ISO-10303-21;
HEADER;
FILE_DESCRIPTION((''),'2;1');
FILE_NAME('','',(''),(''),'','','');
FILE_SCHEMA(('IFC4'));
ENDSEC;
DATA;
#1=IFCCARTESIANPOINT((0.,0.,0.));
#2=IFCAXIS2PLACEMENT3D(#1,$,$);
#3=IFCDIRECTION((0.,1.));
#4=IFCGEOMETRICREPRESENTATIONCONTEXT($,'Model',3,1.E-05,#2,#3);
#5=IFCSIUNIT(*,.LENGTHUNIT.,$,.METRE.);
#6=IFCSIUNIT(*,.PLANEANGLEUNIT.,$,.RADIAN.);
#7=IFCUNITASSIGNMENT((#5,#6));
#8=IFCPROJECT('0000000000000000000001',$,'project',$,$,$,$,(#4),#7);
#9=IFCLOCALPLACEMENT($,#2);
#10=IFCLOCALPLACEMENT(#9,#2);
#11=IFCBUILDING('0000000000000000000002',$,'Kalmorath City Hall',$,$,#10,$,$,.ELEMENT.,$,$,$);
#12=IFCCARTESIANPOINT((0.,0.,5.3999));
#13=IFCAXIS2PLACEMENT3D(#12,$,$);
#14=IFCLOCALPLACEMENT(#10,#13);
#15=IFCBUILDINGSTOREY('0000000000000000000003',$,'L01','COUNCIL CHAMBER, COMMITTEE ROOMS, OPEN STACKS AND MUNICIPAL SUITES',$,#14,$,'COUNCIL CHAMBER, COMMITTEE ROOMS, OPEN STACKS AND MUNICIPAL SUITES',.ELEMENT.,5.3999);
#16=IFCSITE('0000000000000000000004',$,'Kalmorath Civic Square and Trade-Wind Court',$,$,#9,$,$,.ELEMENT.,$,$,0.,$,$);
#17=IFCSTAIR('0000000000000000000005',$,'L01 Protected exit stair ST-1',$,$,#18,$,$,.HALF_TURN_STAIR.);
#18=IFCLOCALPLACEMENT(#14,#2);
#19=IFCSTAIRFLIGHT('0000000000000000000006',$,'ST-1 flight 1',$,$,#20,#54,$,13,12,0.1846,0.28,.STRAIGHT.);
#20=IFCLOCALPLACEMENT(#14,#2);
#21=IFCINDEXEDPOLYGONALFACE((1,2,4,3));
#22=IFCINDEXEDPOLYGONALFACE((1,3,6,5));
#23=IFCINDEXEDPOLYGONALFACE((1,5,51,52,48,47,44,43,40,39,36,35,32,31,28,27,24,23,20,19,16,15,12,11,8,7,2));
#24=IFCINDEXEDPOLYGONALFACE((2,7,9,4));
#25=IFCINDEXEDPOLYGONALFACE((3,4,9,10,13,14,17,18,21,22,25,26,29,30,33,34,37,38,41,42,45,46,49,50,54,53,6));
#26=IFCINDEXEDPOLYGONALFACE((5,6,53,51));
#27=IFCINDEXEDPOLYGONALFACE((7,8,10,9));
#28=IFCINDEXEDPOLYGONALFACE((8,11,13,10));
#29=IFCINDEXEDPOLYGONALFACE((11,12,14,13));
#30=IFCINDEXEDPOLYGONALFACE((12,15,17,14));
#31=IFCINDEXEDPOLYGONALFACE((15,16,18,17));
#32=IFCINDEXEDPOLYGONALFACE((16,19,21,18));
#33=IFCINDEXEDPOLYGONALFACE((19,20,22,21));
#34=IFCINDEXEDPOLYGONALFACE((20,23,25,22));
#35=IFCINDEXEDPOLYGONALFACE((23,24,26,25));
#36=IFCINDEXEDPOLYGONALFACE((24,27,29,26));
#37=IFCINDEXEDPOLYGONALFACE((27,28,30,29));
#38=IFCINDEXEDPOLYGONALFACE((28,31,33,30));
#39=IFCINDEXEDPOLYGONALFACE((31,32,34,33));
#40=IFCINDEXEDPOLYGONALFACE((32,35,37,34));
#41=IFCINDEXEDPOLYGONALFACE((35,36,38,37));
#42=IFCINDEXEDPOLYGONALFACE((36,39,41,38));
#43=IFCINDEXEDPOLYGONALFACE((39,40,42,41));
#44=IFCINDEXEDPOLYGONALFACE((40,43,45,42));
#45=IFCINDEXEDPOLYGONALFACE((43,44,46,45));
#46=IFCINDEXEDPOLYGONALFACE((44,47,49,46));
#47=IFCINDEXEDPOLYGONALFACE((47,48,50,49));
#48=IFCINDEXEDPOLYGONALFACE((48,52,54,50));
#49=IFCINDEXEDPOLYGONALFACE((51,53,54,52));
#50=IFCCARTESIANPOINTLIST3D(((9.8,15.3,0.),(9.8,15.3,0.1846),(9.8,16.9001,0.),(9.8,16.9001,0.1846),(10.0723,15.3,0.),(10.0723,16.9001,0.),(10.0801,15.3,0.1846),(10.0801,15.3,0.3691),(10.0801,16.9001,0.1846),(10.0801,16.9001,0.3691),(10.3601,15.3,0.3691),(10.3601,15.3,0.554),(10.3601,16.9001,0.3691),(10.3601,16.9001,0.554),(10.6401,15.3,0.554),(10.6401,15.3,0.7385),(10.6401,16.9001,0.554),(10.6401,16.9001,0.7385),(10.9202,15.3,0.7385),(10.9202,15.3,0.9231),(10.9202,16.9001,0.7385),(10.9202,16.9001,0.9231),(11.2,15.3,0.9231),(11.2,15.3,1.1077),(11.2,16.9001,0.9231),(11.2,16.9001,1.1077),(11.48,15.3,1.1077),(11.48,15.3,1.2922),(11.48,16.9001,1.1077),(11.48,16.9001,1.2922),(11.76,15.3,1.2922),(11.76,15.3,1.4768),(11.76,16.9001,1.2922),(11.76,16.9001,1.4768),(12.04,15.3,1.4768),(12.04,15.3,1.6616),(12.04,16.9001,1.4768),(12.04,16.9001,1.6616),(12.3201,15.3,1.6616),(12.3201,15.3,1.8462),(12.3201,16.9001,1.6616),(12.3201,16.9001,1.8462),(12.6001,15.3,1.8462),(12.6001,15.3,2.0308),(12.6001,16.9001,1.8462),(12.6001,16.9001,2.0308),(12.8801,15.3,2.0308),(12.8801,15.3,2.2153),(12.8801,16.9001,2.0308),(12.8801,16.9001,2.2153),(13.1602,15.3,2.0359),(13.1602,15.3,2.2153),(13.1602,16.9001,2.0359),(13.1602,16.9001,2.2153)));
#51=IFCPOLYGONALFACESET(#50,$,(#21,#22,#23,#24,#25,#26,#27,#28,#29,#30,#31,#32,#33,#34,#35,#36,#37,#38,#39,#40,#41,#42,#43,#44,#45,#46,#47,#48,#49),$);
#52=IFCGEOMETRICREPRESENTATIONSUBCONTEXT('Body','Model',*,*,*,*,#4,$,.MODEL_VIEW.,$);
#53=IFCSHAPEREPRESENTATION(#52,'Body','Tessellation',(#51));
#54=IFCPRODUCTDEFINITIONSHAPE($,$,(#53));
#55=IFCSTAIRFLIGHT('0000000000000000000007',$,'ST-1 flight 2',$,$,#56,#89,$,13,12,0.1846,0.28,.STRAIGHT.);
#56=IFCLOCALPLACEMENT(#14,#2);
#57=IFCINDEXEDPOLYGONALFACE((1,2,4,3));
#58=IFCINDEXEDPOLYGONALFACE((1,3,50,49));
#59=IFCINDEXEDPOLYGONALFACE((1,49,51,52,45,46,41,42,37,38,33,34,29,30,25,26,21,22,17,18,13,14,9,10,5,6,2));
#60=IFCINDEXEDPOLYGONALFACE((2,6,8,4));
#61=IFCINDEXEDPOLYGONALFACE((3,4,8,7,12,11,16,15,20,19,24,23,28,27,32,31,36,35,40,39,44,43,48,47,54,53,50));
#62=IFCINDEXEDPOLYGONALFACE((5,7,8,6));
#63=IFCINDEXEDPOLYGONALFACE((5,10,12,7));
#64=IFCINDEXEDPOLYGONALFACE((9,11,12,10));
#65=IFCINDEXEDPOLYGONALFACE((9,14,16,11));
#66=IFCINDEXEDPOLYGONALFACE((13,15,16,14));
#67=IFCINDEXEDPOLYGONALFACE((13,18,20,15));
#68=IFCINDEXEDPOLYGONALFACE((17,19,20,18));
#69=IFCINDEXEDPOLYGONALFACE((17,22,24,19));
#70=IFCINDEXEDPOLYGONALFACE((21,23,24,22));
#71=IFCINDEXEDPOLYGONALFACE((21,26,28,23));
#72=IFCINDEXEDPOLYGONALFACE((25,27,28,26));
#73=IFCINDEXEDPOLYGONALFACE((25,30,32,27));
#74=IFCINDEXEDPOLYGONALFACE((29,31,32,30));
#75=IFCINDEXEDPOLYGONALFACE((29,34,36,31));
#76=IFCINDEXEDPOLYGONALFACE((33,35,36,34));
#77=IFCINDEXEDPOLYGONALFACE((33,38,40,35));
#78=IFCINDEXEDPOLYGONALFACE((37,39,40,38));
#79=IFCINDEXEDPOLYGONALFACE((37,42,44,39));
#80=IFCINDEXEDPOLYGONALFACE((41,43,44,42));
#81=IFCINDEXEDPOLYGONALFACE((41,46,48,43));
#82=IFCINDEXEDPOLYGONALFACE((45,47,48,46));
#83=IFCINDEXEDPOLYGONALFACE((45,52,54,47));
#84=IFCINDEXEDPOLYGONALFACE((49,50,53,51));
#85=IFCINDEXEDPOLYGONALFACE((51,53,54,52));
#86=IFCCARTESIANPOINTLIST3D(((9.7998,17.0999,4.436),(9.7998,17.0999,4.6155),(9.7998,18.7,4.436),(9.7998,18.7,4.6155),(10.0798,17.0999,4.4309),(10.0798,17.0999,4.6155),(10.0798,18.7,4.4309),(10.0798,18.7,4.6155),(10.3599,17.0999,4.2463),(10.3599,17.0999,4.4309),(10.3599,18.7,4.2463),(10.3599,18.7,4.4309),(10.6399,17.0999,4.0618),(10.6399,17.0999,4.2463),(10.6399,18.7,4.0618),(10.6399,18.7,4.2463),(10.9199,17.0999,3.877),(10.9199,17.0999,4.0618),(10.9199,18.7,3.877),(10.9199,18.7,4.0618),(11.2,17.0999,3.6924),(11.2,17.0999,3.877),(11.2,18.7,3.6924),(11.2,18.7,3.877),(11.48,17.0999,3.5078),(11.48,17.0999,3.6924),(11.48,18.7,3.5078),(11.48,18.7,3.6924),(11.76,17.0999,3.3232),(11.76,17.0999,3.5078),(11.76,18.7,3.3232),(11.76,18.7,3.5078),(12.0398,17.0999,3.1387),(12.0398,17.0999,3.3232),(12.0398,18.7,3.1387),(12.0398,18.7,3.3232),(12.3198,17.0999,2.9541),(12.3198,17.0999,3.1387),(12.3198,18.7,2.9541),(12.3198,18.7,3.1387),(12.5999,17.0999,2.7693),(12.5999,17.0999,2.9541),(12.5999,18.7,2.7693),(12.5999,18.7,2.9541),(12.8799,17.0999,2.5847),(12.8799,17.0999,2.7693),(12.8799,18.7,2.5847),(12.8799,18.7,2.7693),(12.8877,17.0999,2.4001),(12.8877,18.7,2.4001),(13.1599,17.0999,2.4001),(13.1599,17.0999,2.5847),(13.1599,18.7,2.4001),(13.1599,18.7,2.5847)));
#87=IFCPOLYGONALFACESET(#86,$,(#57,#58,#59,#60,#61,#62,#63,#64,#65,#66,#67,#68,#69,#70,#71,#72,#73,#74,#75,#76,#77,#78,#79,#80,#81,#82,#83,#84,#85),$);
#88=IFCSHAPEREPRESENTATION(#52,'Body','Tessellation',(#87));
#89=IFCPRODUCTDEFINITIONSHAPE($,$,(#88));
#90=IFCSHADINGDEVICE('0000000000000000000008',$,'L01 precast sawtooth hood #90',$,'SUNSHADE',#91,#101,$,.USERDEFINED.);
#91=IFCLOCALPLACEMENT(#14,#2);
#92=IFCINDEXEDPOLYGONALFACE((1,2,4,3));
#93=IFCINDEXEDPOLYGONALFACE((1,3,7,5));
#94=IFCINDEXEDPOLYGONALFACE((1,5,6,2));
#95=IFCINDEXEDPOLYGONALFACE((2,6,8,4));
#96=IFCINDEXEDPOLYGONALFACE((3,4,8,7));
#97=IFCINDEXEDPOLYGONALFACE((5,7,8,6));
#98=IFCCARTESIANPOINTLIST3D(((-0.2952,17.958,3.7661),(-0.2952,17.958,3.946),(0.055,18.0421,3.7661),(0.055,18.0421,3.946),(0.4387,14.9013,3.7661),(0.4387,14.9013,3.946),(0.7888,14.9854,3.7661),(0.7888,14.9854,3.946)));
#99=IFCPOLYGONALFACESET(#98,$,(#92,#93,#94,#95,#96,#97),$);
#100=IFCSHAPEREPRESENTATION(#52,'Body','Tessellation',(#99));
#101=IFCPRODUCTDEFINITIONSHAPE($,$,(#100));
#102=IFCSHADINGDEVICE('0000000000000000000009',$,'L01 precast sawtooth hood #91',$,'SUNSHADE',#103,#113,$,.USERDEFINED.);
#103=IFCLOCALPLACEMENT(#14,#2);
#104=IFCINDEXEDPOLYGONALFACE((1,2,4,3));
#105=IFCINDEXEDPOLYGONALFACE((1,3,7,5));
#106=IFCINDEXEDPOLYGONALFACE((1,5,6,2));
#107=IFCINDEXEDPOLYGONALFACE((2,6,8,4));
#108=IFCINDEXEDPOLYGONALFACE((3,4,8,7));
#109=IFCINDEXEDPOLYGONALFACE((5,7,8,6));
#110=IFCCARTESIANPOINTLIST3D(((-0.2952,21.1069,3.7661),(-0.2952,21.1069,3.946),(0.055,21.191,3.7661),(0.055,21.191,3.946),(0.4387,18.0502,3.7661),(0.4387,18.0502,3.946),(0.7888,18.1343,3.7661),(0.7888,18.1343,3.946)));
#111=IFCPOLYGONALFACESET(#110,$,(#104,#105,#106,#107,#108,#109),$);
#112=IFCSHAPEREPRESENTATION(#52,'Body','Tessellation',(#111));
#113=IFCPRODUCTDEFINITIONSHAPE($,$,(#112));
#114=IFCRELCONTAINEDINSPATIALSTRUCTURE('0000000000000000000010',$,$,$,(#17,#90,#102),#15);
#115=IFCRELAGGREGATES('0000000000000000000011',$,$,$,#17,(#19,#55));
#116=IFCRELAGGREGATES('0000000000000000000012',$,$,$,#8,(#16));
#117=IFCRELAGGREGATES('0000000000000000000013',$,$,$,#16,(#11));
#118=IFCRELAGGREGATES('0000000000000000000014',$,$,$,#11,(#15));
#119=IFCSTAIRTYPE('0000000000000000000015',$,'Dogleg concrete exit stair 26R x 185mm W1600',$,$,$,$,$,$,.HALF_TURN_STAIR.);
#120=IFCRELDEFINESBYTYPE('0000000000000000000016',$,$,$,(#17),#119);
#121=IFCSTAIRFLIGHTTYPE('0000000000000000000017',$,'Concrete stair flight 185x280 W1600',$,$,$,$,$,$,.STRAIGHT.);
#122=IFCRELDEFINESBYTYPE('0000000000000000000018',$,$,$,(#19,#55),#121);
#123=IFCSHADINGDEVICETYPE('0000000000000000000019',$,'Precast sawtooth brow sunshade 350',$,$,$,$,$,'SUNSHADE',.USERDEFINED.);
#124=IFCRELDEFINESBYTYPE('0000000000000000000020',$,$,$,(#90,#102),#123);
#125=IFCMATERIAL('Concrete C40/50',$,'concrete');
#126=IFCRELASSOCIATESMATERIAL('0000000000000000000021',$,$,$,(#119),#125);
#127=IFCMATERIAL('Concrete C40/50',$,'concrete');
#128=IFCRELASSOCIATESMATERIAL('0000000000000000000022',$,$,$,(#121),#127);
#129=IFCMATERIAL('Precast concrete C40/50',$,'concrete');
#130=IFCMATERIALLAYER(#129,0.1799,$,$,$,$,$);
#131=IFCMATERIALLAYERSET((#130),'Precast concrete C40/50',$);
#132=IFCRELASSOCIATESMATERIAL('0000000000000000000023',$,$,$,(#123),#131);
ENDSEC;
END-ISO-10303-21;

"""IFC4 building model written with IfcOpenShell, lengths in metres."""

from ifc_helpers import new_model, si_unit, direction, frame, origin, origin_2d, place, context, subcontext, project, spatial, polyline, rectangle, outline, extrude, material, layer, layer_set, type_object, element, aggregate, save


model = new_model("IFC4")

# Units and contexts
model_context = context("Model", 3, precision=1e-05, world=origin(), true_north=direction((0.0, 1.0)))
body_context = subcontext(model_context, "Body", "Model", "MODEL_VIEW")
ifc_project = project(units=[si_unit("LENGTHUNIT", "METRE"), si_unit("PLANEANGLEUNIT", "RADIAN")], contexts=[model_context])

# Site, building, storey
site_placement = place(None, origin())
site = spatial("IfcSite", under=ifc_project, at=site_placement, Name="Kalmorath Civic Square and Trade-Wind Court", CompositionType="ELEMENT", RefElevation=0.0)
building_placement = place(site_placement, origin())
building = spatial("IfcBuilding", under=site, at=building_placement, Name="Kalmorath City Hall", CompositionType="ELEMENT")
storey_placement = place(building_placement, frame((0.0, 0.0, 5.3999)))
storey = spatial("IfcBuildingStorey", under=building, at=storey_placement, Name="L01", Description="COUNCIL CHAMBER, COMMITTEE ROOMS, OPEN STACKS AND MUNICIPAL SUITES", LongName="COUNCIL CHAMBER, COMMITTEE ROOMS, OPEN STACKS AND MUNICIPAL SUITES", CompositionType="ELEMENT", Elevation=5.3999)

# Stair, stair flights
ifc_material_1 = material(Name="Concrete C40/50", Category="concrete")
stair_type = type_object("IfcStairType", Name="Dogleg concrete exit stair 26R x 185mm W1600", PredefinedType="HALF_TURN_STAIR", material=ifc_material_1)
stair_placement = place(storey_placement, origin())
stair = element("IfcStair", 1, at=stair_placement, inside=storey, type_object=stair_type, Name="L01 Protected exit stair ST-1", PredefinedType="HALF_TURN_STAIR")
ifc_material_2 = material(Name="Concrete C40/50", Category="concrete")
stair_flight_type = type_object("IfcStairFlightType", Name="Concrete stair flight 185x280 W1600", PredefinedType="STRAIGHT", material=ifc_material_2)
stair_flight_1_placement = place(storey_placement, frame((9.8, 16.1001, 0.0), z_axis=(0.0, 0.0, 1.0), x_axis=(1.0, 0.0, 0.0)))
stair_flight_1 = element("IfcStairFlight", 2, at=stair_flight_1_placement, type_object=stair_flight_type, Name="ST-1 flight 1", NumberOfRisers=13, NumberOfTreads=12, PredefinedType="STRAIGHT", RiserHeight=0.1846, TreadLength=0.28, context=body_context, shape_type="SweptSolid", body=[
    extrude(outline(polyline([(0.0, 0.0), (0.0, 0.1846), (0.28, 0.1846), (0.28, 0.3691), (0.5601, 0.3691), (0.5601, 0.554), (0.8401, 0.554), (0.8401, 0.7385), (1.1201, 0.7385), (1.1201, 0.9231), (1.3999, 0.9231), (1.3999, 1.1077), (1.6799, 1.1077), (1.6799, 1.2922), (1.96, 1.2922), (1.96, 1.4768), (2.24, 1.4768), (2.24, 1.6616), (2.52, 1.6616), (2.52, 1.8462), (2.8, 1.8462), (2.8, 2.0308), (3.0801, 2.0308), (3.0801, 2.2153), (3.3601, 2.2153), (3.3601, 2.3999), (3.3601, 2.0359), (0.2722, 0.0), (0.0, 0.0)])), frame((0.0, 0.8, 0.0), z_axis=(0.0, -1.0, 0.0), x_axis=(1.0, 0.0, 0.0)), (0.0, 0.0, 1.0), 1.6001),
])
stair_flight_2_placement = place(storey_placement, frame((13.1599, 17.8999, 2.4001), z_axis=(0.0, 0.0, 1.0), x_axis=(-1.0, 0.0, 0.0)))
stair_flight_2 = element("IfcStairFlight", 3, at=stair_flight_2_placement, type_object=stair_flight_type, Name="ST-1 flight 2", NumberOfRisers=13, NumberOfTreads=12, PredefinedType="STRAIGHT", RiserHeight=0.1846, TreadLength=0.28, context=body_context, shape_type="SweptSolid", body=[
    extrude(outline(polyline([(0.0, 0.0), (0.0, 0.1846), (0.28, 0.1846), (0.28, 0.3691), (0.5601, 0.3691), (0.5601, 0.554), (0.8401, 0.554), (0.8401, 0.7385), (1.1201, 0.7385), (1.1201, 0.9231), (1.3999, 0.9231), (1.3999, 1.1077), (1.6799, 1.1077), (1.6799, 1.2922), (1.96, 1.2922), (1.96, 1.4768), (2.24, 1.4768), (2.24, 1.6616), (2.52, 1.6616), (2.52, 1.8462), (2.8, 1.8462), (2.8, 2.0308), (3.0801, 2.0308), (3.0801, 2.2153), (3.3601, 2.2153), (3.3601, 2.3999), (3.3601, 2.0359), (0.2722, 0.0), (0.0, 0.0)])), frame((0.0, 0.8, 0.0), z_axis=(0.0, -1.0, 0.0), x_axis=(1.0, 0.0, 0.0)), (0.0, 0.0, 1.0), 1.6001),
])
aggregate(stair, [stair_flight_1, stair_flight_2])

# Shading devices
ifc_material_3 = material(Name="Precast concrete C40/50", Category="concrete")
ifc_layer_1 = layer(ifc_material_3, 0.1799)
ifc_layer_set_1 = layer_set([ifc_layer_1], Name="Precast concrete C40/50")
shading_device_type = type_object("IfcShadingDeviceType", Name="Precast sawtooth brow sunshade 350", ElementType="SUNSHADE", PredefinedType="USERDEFINED", material=ifc_layer_set_1)
for number, where, z_axis, x_axis, name in (
    (4, (0.2468, 16.4717, 3.7661), (0.0, 0.0, 1.0), (-0.233445, 0.97237, 0.0), "L01 precast sawtooth hood #90"),
    (5, (0.2468, 19.6206, 3.7661), (0.0, 0.0, 1.0), (-0.233445, 0.97237, 0.0), "L01 precast sawtooth hood #91"),
):
    element("IfcShadingDevice", number, at=place(storey_placement, frame(where, z_axis=z_axis, x_axis=x_axis)), inside=storey, type_object=shading_device_type, Name=name, ObjectType="SUNSHADE", PredefinedType="USERDEFINED", context=body_context, shape_type="SweptSolid", body=[
        extrude(rectangle(XDim=3.1436, YDim=0.3601, at=origin_2d()), origin(), (0.0, 0.0, 1.0), 0.1799),
    ])

save(model, "model.ifc")
